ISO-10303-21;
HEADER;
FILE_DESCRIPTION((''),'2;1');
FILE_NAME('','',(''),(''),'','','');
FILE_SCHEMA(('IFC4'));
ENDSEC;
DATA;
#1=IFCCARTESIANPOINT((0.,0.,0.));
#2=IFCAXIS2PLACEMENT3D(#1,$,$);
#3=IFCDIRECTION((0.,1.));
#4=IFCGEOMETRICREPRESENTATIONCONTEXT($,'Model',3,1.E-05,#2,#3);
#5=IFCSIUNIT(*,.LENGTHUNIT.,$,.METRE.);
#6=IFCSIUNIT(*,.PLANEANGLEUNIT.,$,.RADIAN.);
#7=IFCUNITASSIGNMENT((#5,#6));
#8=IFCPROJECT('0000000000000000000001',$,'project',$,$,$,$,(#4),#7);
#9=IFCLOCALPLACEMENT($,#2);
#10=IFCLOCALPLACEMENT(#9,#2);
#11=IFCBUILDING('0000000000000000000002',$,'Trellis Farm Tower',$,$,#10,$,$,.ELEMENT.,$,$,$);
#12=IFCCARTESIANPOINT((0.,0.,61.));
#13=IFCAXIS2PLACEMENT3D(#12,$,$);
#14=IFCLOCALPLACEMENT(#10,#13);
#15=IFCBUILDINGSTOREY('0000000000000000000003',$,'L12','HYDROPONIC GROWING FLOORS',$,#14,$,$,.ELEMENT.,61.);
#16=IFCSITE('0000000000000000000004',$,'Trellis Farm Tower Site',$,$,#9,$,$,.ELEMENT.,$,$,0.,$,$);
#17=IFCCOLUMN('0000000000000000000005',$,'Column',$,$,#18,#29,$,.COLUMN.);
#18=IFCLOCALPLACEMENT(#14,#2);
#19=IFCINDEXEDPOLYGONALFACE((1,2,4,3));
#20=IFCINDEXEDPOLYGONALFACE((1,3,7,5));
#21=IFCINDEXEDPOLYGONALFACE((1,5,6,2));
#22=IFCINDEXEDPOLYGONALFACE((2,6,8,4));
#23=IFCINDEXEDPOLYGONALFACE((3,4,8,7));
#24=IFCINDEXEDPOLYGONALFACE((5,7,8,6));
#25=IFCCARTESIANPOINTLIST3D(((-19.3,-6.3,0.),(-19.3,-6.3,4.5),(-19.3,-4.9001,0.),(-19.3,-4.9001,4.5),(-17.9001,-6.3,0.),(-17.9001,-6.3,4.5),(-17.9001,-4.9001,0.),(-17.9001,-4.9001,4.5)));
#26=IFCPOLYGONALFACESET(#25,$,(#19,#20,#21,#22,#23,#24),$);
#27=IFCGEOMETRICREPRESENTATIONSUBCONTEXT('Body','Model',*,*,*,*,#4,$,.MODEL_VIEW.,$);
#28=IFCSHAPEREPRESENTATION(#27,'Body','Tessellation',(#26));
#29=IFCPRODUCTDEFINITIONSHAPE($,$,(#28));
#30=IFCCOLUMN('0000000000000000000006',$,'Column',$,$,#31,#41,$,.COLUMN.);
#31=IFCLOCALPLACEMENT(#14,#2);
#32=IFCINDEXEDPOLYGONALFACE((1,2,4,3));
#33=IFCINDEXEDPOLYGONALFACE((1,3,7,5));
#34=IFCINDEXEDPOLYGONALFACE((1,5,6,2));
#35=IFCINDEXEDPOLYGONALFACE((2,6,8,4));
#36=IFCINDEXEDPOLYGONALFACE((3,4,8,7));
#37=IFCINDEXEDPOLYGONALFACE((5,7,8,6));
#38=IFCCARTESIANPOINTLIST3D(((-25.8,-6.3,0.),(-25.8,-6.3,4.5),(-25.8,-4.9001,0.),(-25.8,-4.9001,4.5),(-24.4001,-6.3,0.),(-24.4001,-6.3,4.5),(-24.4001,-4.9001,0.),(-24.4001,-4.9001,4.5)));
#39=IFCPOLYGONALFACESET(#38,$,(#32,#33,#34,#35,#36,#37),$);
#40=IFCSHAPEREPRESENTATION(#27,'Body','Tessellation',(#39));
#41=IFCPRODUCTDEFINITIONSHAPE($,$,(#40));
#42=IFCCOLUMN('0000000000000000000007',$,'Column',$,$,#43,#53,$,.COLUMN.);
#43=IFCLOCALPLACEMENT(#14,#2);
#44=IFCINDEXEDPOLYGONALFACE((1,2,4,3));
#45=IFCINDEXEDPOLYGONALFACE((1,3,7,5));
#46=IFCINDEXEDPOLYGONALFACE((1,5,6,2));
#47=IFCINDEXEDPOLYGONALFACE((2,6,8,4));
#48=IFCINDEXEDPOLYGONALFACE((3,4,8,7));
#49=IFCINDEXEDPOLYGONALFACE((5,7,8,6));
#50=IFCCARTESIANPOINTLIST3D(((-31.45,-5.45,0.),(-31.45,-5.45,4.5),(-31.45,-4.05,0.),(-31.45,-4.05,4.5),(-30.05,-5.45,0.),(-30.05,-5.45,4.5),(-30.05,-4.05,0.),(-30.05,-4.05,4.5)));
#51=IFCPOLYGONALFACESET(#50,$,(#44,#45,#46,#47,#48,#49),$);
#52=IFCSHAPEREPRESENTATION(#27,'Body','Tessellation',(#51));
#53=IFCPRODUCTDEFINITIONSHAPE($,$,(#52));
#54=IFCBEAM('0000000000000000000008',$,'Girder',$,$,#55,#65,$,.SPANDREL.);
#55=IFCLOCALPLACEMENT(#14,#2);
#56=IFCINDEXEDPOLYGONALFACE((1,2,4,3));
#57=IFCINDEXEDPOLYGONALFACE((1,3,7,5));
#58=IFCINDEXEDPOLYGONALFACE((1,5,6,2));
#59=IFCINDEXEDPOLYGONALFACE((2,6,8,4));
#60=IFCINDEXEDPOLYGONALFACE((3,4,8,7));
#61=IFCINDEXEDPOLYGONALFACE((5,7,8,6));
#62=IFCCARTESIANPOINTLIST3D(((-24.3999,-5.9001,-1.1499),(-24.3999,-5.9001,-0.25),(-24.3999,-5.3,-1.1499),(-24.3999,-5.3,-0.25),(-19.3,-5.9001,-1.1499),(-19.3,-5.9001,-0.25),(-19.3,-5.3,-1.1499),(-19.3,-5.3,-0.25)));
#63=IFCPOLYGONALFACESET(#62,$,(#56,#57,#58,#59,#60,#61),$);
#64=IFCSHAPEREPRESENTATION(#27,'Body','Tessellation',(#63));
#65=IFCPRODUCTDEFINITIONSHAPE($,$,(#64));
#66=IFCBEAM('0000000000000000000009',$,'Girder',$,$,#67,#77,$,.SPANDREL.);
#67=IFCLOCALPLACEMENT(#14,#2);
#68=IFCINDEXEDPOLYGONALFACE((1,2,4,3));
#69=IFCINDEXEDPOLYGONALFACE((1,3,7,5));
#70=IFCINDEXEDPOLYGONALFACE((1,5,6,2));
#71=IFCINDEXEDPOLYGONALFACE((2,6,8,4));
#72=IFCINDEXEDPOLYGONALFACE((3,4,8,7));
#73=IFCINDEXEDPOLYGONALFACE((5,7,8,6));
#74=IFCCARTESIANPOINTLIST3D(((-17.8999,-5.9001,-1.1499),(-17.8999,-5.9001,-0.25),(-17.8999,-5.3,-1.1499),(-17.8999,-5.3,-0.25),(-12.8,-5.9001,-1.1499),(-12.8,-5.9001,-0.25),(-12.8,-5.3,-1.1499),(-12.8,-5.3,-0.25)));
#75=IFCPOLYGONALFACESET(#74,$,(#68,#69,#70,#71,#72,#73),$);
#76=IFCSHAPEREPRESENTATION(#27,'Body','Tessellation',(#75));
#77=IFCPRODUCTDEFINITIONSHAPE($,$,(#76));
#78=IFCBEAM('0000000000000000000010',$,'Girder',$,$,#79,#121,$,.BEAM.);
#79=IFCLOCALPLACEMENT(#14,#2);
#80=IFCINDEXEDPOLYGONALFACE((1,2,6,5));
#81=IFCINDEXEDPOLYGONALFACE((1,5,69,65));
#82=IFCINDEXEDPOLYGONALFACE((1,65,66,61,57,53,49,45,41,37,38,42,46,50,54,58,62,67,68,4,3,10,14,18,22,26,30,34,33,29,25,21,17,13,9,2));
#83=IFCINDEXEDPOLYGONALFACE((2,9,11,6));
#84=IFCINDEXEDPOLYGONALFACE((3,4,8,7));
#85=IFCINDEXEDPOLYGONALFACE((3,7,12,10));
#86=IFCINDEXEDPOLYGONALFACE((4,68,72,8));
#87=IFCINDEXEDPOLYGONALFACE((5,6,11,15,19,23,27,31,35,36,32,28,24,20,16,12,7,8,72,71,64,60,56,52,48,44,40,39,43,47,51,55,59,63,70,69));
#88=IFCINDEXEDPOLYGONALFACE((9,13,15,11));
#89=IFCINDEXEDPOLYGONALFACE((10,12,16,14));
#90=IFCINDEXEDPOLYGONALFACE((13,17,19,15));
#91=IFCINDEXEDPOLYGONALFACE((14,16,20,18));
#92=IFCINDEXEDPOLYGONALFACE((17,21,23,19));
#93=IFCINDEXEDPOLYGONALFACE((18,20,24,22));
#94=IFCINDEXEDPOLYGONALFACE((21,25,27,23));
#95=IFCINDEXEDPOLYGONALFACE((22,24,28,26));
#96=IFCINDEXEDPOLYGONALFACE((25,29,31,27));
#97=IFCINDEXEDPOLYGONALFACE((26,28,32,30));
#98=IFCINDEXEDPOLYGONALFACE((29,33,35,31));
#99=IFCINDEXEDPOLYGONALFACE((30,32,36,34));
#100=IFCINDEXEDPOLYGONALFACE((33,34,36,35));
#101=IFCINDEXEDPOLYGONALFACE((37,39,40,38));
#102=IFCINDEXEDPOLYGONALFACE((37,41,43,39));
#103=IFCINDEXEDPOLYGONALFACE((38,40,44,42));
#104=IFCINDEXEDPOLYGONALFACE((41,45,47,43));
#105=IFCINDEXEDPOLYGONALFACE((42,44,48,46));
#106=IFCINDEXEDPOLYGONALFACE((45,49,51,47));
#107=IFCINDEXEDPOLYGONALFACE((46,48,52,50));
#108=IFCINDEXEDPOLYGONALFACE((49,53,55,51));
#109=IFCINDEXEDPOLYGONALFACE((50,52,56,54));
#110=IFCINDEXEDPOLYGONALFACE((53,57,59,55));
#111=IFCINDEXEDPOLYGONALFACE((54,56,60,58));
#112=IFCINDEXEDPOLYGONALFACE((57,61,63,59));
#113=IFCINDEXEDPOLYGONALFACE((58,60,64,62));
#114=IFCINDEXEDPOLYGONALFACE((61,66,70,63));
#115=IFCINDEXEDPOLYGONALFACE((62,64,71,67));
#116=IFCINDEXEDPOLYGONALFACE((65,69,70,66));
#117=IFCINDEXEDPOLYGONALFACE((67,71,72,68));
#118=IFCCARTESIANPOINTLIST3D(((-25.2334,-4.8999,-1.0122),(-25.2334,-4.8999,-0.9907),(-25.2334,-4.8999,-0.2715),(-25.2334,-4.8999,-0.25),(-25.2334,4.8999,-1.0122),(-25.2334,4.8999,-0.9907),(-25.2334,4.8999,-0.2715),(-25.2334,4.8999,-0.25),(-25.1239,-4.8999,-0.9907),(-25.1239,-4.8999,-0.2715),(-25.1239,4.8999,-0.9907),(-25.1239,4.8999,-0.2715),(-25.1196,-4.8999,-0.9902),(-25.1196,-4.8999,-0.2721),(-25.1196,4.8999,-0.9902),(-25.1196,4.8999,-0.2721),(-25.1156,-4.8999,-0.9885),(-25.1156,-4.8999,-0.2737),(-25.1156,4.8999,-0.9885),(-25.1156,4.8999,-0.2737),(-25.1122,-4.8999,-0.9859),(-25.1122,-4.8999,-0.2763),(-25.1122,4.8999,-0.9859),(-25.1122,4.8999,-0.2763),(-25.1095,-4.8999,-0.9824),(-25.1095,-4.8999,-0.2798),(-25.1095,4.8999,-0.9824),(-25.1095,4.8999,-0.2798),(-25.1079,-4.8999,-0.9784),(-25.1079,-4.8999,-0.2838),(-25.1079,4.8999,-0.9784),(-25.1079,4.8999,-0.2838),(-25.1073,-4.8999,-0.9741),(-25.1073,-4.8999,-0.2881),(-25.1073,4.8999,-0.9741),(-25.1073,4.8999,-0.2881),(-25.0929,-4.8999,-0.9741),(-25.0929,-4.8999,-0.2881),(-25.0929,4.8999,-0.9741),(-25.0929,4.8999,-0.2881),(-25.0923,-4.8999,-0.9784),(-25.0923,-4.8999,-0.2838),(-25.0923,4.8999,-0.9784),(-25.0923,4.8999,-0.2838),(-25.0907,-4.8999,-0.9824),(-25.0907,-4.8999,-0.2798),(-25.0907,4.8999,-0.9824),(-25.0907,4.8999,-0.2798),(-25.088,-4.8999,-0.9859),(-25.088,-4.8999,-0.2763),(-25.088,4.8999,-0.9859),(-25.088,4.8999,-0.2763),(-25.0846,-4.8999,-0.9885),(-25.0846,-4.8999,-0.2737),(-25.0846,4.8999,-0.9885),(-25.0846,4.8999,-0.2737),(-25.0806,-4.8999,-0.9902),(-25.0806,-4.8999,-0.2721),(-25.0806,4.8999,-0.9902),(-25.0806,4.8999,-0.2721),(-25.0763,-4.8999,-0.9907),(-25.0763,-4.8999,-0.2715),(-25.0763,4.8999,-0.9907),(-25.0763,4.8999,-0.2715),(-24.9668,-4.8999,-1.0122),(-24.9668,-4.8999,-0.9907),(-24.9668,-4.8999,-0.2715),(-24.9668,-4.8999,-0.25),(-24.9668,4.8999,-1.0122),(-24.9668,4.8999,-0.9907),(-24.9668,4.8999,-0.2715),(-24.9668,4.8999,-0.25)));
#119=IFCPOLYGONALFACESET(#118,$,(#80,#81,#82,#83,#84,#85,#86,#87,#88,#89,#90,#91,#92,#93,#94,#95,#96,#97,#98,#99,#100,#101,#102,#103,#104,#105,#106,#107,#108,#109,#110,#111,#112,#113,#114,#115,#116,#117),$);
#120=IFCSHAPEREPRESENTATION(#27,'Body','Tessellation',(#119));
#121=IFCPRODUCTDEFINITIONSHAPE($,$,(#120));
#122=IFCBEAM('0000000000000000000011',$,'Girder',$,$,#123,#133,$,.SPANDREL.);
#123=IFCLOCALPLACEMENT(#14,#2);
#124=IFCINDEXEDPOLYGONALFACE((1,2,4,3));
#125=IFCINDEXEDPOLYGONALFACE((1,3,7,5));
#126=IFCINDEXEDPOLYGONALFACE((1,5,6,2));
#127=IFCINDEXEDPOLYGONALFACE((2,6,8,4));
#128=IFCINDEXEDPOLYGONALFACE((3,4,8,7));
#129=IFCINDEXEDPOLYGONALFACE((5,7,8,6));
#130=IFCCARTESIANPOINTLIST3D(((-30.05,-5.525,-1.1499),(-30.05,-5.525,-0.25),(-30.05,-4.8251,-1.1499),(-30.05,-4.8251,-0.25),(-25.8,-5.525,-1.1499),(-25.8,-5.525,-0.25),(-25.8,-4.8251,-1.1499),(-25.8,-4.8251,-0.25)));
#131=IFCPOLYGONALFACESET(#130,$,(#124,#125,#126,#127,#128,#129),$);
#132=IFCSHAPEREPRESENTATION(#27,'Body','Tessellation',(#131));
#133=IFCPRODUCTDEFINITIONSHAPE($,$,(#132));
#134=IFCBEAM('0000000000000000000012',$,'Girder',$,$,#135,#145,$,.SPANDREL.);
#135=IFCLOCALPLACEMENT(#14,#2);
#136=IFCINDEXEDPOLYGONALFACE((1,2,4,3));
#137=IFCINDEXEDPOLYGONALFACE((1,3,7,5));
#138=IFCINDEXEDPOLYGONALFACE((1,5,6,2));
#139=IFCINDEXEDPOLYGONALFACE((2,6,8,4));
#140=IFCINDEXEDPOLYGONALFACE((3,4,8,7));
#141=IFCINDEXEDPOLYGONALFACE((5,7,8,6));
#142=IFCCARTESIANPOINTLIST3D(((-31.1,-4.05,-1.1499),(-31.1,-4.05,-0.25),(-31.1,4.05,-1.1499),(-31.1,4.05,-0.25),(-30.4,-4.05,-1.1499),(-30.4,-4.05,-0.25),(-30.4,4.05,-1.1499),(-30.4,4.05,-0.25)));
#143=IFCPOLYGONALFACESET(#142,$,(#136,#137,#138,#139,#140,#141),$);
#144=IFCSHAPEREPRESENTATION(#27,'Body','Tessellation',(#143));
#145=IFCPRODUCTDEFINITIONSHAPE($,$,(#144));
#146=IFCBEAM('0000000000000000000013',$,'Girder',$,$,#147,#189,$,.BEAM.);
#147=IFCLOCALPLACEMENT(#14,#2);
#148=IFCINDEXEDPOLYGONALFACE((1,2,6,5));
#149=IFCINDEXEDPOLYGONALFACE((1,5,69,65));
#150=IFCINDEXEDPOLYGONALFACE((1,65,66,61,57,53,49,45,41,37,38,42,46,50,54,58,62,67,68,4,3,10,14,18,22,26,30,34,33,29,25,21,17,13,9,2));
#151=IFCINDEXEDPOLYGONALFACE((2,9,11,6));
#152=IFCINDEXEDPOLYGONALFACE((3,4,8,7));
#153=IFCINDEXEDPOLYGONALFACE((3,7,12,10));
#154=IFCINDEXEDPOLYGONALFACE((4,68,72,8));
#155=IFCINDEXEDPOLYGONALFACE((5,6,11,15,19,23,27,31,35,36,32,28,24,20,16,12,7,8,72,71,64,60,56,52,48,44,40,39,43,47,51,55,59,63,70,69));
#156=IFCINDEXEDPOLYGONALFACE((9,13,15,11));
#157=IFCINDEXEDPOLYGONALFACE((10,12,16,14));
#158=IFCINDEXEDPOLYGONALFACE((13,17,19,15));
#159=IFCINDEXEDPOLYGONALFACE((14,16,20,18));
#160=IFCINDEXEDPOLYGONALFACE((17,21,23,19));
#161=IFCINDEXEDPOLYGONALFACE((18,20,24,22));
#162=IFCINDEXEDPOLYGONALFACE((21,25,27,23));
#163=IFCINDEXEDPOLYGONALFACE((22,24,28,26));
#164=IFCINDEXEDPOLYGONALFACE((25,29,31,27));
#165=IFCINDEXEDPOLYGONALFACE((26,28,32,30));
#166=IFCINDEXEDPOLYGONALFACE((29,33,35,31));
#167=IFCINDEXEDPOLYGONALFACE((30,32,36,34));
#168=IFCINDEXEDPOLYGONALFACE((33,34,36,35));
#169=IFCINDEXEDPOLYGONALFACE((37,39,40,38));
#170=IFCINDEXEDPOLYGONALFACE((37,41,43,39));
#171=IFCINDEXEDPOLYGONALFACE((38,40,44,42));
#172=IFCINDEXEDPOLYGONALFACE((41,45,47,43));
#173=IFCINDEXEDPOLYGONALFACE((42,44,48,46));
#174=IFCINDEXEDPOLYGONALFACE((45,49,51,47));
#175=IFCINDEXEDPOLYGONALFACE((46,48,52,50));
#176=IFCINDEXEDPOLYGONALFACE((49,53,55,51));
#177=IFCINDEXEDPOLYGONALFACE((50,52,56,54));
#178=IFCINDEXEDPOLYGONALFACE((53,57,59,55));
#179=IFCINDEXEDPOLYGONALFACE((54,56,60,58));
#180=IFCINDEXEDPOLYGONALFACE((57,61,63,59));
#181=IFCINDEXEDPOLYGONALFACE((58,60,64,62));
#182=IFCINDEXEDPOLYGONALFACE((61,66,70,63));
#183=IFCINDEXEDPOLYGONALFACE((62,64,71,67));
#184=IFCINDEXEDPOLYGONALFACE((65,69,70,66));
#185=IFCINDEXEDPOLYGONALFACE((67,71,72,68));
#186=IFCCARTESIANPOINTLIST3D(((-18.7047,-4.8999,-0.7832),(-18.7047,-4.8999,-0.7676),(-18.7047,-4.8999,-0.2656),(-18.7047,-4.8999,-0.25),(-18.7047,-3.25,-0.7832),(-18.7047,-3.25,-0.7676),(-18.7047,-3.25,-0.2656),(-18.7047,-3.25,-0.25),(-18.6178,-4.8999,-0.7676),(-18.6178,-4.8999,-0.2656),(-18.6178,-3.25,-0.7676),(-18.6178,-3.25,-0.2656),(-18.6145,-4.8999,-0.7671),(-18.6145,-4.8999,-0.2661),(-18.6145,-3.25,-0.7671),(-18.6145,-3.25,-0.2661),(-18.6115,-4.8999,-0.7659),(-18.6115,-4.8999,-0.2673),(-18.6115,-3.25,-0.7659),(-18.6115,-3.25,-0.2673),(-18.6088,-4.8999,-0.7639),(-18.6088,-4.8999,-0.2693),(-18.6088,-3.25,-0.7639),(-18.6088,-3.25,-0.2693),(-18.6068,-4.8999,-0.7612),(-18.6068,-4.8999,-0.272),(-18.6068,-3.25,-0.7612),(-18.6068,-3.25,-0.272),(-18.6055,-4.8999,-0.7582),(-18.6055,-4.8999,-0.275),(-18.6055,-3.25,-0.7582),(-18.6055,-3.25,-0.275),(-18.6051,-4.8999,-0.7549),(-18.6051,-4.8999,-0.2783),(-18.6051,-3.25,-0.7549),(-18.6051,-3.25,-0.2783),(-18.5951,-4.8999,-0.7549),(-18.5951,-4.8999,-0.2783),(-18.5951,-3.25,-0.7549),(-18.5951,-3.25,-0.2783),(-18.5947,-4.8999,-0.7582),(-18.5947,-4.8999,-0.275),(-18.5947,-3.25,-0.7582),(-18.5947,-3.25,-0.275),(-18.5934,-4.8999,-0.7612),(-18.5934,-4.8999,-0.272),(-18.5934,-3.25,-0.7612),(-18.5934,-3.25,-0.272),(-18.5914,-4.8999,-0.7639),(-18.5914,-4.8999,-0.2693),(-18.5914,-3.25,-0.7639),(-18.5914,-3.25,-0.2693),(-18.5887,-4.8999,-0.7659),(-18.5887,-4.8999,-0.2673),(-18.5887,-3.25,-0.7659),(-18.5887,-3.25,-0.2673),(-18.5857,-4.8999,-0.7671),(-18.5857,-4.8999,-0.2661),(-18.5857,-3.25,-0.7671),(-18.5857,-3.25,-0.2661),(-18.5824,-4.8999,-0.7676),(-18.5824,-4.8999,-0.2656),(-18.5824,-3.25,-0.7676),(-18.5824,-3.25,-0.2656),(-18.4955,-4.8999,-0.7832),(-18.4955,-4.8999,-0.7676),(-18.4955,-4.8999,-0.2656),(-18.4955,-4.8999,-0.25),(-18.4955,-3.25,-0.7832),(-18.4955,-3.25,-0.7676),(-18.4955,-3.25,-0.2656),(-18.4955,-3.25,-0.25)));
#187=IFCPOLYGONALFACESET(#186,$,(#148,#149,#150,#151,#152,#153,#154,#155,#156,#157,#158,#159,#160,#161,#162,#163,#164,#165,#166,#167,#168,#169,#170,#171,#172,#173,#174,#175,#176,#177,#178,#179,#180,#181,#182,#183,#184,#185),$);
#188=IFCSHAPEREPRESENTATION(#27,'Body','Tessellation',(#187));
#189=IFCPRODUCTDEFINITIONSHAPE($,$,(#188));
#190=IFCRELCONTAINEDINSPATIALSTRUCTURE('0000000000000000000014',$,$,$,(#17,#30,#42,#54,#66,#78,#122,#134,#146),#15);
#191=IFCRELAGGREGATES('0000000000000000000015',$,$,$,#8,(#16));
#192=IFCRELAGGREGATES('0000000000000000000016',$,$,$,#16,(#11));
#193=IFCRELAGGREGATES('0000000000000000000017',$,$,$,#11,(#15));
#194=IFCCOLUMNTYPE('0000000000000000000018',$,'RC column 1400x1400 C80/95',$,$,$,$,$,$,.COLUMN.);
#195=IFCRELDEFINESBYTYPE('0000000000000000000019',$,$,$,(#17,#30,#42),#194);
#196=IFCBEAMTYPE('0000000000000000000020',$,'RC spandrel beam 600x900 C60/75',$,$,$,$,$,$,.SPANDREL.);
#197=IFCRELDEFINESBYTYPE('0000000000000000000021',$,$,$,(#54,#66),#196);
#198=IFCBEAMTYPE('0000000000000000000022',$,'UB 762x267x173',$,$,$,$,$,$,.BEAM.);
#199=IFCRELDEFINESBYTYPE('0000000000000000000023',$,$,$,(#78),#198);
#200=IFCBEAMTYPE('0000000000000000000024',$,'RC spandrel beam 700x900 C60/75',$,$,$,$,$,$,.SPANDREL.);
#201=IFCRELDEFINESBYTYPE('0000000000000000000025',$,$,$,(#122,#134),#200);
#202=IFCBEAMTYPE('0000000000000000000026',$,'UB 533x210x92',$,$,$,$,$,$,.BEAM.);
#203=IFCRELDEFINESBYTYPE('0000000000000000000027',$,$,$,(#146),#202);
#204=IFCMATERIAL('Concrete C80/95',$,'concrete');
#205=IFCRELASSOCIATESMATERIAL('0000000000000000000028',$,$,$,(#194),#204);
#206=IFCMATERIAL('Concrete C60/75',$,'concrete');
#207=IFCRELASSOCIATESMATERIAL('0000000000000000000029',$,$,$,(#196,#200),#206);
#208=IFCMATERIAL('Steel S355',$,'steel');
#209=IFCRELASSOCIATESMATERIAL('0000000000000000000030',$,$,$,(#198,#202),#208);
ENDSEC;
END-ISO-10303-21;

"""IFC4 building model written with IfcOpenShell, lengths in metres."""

from ifc_helpers import new_model, si_unit, direction, frame, origin, origin_2d, place, context, subcontext, project, spatial, rectangle, i_section, extrude, source, transform, mapped, material, material_profile, profile_set, type_object, element, save


model = new_model("IFC4")

# Units and contexts
model_context = context("Model", 3, precision=1e-05, world=origin(), true_north=direction((0.0, 1.0)))
body_context = subcontext(model_context, "Body", "Model", "MODEL_VIEW")
ifc_project = project(units=[si_unit("LENGTHUNIT", "METRE"), si_unit("PLANEANGLEUNIT", "RADIAN")], contexts=[model_context])

# Site, building, storey
site_placement = place(None, origin())
site = spatial("IfcSite", under=ifc_project, at=site_placement, Name="Trellis Farm Tower Site", CompositionType="ELEMENT", RefElevation=0.0)
building_placement = place(site_placement, origin())
building = spatial("IfcBuilding", under=site, at=building_placement, Name="Trellis Farm Tower", CompositionType="ELEMENT")
storey_placement = place(building_placement, frame((0.0, 0.0, 61.0)))
storey = spatial("IfcBuildingStorey", under=building, at=storey_placement, Name="L12", Description="HYDROPONIC GROWING FLOORS", CompositionType="ELEMENT", Elevation=61.0)

# Columns
ifc_material_1 = material(Name="Concrete C80/95", Category="concrete")
ifc_material_profile_1 = material_profile(ifc_material_1, rectangle(XDim=1.3999, YDim=1.3999, at=origin_2d()), Name="RC column 1400x1400 C80/95")
ifc_profile_set_1 = profile_set([ifc_material_profile_1], Name="Concrete C80/95")
column_type = type_object("IfcColumnType", Name="RC column 1400x1400 C80/95", PredefinedType="COLUMN", material=ifc_profile_set_1)
shared_shape_1 = source(origin(), body_context, "Body", "SweptSolid", [
    extrude(rectangle(XDim=1.3999, YDim=1.3999, at=origin_2d()), origin(), (0.0, 0.0, 1.0), 4.5),
])
for number, where, z_axis, x_axis, name in (
    (1, (-18.6001, -5.6001, 0.0), (0.0, 0.0, 1.0), (1.0, 0.0, 0.0), "Column"),
    (2, (-25.1001, -5.6001, 0.0), (0.0, 0.0, 1.0), (1.0, 0.0, 0.0), "Column"),
    (3, (-30.75, -4.75, 0.0), (0.0, 0.0, 1.0), (1.0, 0.0, 0.0), "Column"),
):
    element("IfcColumn", number, at=place(storey_placement, frame(where, z_axis=z_axis, x_axis=x_axis)), inside=storey, type_object=column_type, Name=name, PredefinedType="COLUMN", context=body_context, shape_type="MappedRepresentation", body=[
        mapped(shared_shape_1, transform((0.0, 0.0, 0.0))),
    ])

# Beams
ifc_material_2 = material(Name="Concrete C60/75", Category="concrete")
ifc_material_profile_2 = material_profile(ifc_material_2, rectangle(XDim=0.6001, YDim=0.8999, at=origin_2d()), Name="RC spandrel beam 600x900 C60/75")
ifc_profile_set_2 = profile_set([ifc_material_profile_2], Name="Concrete C60/75")
beam_type_1 = type_object("IfcBeamType", Name="RC spandrel beam 600x900 C60/75", PredefinedType="SPANDREL", material=ifc_profile_set_2)
shared_shape_2 = source(origin(), body_context, "Body", "SweptSolid", [
    extrude(rectangle(XDim=0.6001, YDim=0.8999, at=origin_2d()), origin(), (0.0, 0.0, 1.0), 5.0999),
])
for number, where, z_axis, x_axis, name in (
    (4, (-24.3999, -5.6001, -0.7), (1.0, 0.0, 0.0), (0.0, 1.0, 0.0), "Girder"),
    (5, (-17.8999, -5.6001, -0.7), (1.0, 0.0, 0.0), (0.0, 1.0, 0.0), "Girder"),
):
    element("IfcBeam", number, at=place(storey_placement, frame(where, z_axis=z_axis, x_axis=x_axis)), inside=storey, type_object=beam_type_1, Name=name, PredefinedType="SPANDREL", context=body_context, shape_type="MappedRepresentation", body=[
        mapped(shared_shape_2, transform((0.0, 0.0, 0.0))),
    ])
ifc_material_3 = material(Name="Steel S355", Category="steel")
ifc_material_profile_3 = material_profile(ifc_material_3, i_section(OverallWidth=0.2666, OverallDepth=0.7622, WebThickness=0.0144, FlangeThickness=0.0215, FilletRadius=0.0166, at=origin_2d()), Name="UB 762x267x173")
ifc_profile_set_3 = profile_set([ifc_material_profile_3], Name="Steel S355")
beam_type_2 = type_object("IfcBeamType", Name="UB 762x267x173", PredefinedType="BEAM", material=ifc_profile_set_3)
shared_shape_3 = source(origin(), body_context, "Body", "SweptSolid", [
    extrude(i_section(OverallWidth=0.2666, OverallDepth=0.7622, WebThickness=0.0144, FlangeThickness=0.0215, FilletRadius=0.0166, at=origin_2d()), origin(), (0.0, 0.0, 1.0), 9.7998),
])
beam_1_placement = place(storey_placement, frame((-25.1001, -4.8999, -0.6311), z_axis=(0.0, 1.0, 0.0), x_axis=(-1.0, 0.0, 0.0)))
element("IfcBeam", 6, at=beam_1_placement, inside=storey, type_object=beam_type_2, Name="Girder", PredefinedType="BEAM", context=body_context, shape_type="MappedRepresentation", body=[
    mapped(shared_shape_3, transform((0.0, 0.0, 0.0))),
])
ifc_material_profile_4 = material_profile(ifc_material_2, rectangle(XDim=0.7, YDim=0.8999, at=origin_2d()), Name="RC spandrel beam 700x900 C60/75")
ifc_profile_set_4 = profile_set([ifc_material_profile_4], Name="Concrete C60/75")
beam_type_3 = type_object("IfcBeamType", Name="RC spandrel beam 700x900 C60/75", PredefinedType="SPANDREL", material=ifc_profile_set_4)
shared_shape_4 = source(origin(), body_context, "Body", "SweptSolid", [
    extrude(rectangle(XDim=0.7, YDim=0.8999, at=origin_2d()), origin(), (0.0, 0.0, 1.0), 4.25),
])
beam_2_placement = place(storey_placement, frame((-30.05, -5.175, -0.7), z_axis=(1.0, 0.0, 0.0), x_axis=(0.0, 1.0, 0.0)))
element("IfcBeam", 7, at=beam_2_placement, inside=storey, type_object=beam_type_3, Name="Girder", PredefinedType="SPANDREL", context=body_context, shape_type="MappedRepresentation", body=[
    mapped(shared_shape_4, transform((0.0, 0.0, 0.0))),
])
shared_shape_5 = source(origin(), body_context, "Body", "SweptSolid", [
    extrude(rectangle(XDim=0.7, YDim=0.8999, at=origin_2d()), origin(), (0.0, 0.0, 1.0), 8.1001),
])
beam_3_placement = place(storey_placement, frame((-30.75, -4.05, -0.7), z_axis=(0.0, 1.0, 0.0), x_axis=(-1.0, 0.0, 0.0)))
element("IfcBeam", 8, at=beam_3_placement, inside=storey, type_object=beam_type_3, Name="Girder", PredefinedType="SPANDREL", context=body_context, shape_type="MappedRepresentation", body=[
    mapped(shared_shape_5, transform((0.0, 0.0, 0.0))),
])
ifc_material_profile_5 = material_profile(ifc_material_3, i_section(OverallWidth=0.2092, OverallDepth=0.5332, WebThickness=0.01, FlangeThickness=0.0156, FilletRadius=0.0127, at=origin_2d()), Name="UB 533x210x92")
ifc_profile_set_5 = profile_set([ifc_material_profile_5], Name="Steel S355")
beam_type_4 = type_object("IfcBeamType", Name="UB 533x210x92", PredefinedType="BEAM", material=ifc_profile_set_5)
shared_shape_6 = source(origin(), body_context, "Body", "SweptSolid", [
    extrude(i_section(OverallWidth=0.2092, OverallDepth=0.5332, WebThickness=0.01, FlangeThickness=0.0156, FilletRadius=0.0127, at=origin_2d()), origin(), (0.0, 0.0, 1.0), 1.6499),
])
beam_4_placement = place(storey_placement, frame((-18.6001, -4.8999, -0.5166), z_axis=(0.0, 1.0, 0.0), x_axis=(-1.0, 0.0, 0.0)))
element("IfcBeam", 9, at=beam_4_placement, inside=storey, type_object=beam_type_4, Name="Girder", PredefinedType="BEAM", context=body_context, shape_type="MappedRepresentation", body=[
    mapped(shared_shape_6, transform((0.0, 0.0, 0.0))),
])

save(model, "model.ifc")
